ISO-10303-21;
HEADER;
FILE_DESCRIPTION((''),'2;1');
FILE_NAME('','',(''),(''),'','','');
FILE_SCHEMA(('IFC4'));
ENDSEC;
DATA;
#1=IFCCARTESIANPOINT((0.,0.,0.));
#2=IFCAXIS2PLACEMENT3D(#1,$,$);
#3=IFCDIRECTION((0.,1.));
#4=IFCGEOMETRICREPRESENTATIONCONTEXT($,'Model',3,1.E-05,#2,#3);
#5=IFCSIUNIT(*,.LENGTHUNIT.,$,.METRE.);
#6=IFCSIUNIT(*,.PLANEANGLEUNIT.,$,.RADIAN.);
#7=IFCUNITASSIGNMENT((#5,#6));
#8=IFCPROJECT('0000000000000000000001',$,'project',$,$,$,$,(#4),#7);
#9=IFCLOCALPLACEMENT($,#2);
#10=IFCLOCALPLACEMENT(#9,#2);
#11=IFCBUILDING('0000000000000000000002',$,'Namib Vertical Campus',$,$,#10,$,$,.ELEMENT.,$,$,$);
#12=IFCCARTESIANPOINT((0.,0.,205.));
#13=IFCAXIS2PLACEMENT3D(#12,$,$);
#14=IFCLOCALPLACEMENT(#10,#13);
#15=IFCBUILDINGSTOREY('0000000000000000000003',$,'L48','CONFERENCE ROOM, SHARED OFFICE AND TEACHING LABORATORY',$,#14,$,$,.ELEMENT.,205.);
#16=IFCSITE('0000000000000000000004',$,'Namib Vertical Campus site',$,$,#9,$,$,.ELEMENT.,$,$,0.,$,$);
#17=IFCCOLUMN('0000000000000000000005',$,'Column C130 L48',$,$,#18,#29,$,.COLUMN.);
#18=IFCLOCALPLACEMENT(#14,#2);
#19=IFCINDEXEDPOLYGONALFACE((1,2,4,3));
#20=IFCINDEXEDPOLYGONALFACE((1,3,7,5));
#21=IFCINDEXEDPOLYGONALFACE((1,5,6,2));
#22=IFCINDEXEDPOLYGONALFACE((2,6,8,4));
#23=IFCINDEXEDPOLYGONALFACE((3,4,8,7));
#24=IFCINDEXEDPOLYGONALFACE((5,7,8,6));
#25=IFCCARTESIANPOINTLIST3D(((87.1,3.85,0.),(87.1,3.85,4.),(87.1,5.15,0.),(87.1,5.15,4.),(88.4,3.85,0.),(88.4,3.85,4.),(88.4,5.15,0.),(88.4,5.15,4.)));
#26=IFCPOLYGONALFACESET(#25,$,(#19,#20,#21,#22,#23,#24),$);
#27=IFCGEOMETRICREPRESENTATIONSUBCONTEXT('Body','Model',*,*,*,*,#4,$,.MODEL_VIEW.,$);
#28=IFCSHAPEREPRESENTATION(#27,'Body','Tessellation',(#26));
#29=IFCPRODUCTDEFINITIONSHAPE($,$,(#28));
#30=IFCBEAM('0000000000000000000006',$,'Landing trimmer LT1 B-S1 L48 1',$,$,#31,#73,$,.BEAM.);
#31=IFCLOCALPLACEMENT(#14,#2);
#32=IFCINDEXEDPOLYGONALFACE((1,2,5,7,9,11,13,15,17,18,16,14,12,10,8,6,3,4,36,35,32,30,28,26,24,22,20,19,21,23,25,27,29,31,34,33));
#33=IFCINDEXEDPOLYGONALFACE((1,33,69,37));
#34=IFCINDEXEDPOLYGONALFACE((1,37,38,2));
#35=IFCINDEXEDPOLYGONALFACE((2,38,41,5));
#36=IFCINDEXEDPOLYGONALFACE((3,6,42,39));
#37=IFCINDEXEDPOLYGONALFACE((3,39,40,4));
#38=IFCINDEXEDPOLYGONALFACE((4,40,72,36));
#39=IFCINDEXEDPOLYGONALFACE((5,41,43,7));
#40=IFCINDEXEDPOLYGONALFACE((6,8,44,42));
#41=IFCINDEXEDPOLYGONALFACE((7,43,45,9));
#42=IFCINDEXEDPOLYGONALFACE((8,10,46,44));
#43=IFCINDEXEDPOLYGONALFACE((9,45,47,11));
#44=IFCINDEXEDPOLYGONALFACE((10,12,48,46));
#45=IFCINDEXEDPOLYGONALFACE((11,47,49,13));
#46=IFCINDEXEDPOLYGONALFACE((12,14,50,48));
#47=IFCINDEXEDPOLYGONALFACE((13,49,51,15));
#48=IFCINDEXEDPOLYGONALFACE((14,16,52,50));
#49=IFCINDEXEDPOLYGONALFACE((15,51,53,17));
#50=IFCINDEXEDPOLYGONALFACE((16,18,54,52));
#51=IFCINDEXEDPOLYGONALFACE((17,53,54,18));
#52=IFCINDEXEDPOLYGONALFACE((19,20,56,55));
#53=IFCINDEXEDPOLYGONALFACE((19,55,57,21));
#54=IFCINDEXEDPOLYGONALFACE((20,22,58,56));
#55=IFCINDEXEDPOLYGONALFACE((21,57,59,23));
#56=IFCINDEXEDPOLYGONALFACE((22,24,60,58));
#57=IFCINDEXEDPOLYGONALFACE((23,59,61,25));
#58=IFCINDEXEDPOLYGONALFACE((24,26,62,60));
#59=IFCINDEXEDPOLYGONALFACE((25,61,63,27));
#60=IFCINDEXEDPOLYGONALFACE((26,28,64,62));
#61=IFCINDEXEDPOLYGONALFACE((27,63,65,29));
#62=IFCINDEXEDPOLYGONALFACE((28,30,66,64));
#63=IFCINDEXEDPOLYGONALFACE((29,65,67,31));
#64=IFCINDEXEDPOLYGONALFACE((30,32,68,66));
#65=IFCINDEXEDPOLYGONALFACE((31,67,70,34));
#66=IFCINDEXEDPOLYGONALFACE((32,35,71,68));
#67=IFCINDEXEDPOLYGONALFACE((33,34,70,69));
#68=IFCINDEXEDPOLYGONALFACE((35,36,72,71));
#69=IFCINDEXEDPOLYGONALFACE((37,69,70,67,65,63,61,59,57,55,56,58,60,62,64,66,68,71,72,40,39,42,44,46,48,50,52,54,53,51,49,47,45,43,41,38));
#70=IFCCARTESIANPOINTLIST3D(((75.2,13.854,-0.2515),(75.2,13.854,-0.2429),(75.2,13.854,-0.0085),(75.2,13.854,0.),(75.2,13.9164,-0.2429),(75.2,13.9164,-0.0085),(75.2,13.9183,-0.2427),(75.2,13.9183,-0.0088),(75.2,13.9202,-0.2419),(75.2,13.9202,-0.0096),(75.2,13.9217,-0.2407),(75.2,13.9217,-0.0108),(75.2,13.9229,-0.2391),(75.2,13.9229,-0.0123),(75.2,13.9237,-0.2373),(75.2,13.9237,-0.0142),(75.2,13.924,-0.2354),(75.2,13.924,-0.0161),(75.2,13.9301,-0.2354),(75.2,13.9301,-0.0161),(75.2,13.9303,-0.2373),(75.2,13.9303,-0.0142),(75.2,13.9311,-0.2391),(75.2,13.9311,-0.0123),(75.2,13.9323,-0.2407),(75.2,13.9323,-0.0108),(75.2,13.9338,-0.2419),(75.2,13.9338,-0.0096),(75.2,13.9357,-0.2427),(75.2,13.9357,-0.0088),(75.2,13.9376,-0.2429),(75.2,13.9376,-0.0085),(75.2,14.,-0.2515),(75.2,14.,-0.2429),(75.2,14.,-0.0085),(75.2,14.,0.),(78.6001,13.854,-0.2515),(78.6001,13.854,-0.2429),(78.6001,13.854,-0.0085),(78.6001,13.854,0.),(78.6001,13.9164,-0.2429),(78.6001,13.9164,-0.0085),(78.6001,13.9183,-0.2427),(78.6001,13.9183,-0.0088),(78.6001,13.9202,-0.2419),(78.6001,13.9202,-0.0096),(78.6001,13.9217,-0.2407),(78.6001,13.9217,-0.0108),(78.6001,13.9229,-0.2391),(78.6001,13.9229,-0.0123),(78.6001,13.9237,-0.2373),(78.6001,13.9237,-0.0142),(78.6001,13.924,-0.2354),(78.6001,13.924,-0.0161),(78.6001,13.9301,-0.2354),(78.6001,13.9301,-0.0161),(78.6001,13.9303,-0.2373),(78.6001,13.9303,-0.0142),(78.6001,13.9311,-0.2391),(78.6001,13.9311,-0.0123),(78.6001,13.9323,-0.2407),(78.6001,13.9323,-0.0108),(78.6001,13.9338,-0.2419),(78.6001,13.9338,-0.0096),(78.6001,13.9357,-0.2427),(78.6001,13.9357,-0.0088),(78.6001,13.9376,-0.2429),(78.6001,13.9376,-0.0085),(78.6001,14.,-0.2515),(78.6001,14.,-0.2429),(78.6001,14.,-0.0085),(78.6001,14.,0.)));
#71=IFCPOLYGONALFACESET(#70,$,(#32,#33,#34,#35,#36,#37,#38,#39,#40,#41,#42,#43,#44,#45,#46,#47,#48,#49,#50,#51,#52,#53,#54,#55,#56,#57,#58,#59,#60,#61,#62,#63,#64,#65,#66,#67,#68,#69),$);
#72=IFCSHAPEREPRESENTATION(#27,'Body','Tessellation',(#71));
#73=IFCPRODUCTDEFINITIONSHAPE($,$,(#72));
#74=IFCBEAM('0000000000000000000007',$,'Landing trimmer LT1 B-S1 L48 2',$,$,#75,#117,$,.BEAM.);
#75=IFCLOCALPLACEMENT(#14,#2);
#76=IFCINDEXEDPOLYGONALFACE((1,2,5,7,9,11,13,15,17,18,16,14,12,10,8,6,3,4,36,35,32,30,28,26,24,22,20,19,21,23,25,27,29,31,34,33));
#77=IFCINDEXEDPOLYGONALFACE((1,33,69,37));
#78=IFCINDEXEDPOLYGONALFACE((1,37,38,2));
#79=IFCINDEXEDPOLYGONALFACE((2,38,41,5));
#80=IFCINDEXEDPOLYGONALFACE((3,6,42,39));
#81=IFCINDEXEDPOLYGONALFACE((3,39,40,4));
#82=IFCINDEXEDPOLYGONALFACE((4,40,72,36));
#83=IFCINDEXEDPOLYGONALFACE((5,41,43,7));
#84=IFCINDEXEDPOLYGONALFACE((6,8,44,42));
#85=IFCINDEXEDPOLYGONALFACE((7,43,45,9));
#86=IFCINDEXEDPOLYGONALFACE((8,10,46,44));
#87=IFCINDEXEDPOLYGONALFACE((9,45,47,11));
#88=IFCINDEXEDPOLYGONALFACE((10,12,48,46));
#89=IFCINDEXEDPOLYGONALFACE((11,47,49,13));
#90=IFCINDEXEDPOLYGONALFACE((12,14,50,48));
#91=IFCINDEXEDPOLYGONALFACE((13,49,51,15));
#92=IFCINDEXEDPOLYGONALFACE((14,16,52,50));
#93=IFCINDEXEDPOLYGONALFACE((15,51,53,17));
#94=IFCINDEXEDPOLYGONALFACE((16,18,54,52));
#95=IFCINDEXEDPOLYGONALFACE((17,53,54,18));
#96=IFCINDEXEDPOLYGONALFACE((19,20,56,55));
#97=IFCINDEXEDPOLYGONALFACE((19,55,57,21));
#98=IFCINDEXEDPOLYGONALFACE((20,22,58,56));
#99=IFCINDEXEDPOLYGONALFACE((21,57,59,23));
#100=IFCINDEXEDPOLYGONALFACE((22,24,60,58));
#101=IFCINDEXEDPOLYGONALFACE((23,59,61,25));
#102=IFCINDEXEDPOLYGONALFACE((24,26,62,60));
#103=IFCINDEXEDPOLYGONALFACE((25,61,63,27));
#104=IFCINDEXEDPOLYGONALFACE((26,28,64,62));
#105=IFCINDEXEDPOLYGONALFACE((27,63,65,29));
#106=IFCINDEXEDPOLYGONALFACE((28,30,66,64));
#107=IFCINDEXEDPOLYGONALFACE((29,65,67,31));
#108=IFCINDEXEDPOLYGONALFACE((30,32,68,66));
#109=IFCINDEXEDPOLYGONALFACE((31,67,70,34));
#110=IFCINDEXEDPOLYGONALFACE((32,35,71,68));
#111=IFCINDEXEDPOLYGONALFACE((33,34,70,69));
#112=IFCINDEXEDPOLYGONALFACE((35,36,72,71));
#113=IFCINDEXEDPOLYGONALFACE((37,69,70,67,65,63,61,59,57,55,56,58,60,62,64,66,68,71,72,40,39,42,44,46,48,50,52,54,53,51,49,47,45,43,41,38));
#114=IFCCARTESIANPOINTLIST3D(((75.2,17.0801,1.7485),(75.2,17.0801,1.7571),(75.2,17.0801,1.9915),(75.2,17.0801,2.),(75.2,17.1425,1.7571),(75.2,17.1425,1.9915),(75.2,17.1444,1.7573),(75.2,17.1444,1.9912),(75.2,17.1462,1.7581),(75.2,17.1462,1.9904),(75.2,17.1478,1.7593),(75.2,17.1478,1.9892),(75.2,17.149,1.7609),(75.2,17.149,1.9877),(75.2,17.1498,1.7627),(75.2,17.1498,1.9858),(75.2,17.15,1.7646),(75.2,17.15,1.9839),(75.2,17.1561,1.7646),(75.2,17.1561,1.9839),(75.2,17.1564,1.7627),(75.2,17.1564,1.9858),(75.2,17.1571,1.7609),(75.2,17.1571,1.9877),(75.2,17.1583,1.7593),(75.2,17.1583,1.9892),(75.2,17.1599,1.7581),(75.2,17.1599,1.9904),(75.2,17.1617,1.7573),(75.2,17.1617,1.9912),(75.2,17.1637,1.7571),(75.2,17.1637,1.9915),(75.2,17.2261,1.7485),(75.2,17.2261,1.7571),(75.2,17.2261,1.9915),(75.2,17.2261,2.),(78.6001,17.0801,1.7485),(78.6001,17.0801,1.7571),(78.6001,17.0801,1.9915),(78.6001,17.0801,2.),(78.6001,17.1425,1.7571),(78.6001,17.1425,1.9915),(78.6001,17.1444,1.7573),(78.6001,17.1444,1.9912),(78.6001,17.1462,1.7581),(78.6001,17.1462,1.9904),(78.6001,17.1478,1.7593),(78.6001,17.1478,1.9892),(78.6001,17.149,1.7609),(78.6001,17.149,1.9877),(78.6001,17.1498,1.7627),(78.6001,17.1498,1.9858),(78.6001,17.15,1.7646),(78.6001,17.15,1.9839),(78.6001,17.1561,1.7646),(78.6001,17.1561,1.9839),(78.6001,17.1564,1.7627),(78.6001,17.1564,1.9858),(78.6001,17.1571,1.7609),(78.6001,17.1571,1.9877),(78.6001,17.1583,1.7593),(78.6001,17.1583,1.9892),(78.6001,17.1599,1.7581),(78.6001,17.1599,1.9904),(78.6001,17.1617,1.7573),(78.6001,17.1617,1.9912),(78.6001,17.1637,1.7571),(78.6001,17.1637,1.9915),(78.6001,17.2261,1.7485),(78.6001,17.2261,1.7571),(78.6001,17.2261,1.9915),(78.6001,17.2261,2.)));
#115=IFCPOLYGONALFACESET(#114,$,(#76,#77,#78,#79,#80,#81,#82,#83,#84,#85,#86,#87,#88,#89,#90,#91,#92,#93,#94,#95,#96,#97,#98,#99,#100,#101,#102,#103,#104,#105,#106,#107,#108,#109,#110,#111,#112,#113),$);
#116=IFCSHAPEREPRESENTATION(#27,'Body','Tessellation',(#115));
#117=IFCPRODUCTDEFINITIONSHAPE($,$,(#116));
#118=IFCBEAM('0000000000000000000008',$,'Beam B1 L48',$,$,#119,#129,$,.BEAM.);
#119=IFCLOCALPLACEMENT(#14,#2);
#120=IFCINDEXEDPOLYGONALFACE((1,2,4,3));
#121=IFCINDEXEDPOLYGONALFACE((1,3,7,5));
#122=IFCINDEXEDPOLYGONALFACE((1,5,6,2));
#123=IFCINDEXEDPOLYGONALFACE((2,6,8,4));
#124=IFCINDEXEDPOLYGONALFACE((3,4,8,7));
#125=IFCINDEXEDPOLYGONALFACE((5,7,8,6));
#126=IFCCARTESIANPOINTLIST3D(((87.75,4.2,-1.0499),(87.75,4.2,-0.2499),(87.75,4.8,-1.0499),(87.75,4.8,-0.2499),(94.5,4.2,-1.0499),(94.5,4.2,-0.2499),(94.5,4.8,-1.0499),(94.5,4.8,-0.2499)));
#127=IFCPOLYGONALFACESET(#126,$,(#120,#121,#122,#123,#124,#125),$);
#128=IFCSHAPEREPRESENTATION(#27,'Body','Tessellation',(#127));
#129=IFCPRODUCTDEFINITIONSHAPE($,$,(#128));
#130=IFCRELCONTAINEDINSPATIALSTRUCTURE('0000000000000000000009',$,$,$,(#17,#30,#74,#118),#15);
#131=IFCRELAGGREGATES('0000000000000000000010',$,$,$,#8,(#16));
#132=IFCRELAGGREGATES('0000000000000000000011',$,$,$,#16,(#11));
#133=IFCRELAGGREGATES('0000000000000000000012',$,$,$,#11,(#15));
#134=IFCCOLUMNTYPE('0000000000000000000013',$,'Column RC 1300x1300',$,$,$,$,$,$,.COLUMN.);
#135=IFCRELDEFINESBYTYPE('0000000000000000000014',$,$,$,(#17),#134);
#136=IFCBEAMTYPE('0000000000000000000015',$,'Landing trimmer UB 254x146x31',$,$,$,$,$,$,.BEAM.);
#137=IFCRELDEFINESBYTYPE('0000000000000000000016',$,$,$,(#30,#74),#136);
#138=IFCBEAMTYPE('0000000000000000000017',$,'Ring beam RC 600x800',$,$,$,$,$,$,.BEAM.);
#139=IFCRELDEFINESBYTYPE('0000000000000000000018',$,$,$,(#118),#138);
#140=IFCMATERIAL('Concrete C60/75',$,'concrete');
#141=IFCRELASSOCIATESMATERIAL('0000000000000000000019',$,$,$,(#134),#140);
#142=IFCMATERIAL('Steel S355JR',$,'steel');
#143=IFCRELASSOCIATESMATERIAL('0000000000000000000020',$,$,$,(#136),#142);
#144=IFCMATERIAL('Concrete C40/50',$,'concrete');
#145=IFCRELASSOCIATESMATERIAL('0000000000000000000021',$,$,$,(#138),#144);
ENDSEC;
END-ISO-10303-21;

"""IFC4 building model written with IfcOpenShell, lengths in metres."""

from ifc_helpers import new_model, si_unit, direction, frame, origin, origin_2d, place, context, subcontext, project, spatial, rectangle, i_section, extrude, material, material_profile, profile_set, type_object, element, save


model = new_model("IFC4")

# Units and contexts
model_context = context("Model", 3, precision=1e-05, world=origin(), true_north=direction((0.0, 1.0)))
body_context = subcontext(model_context, "Body", "Model", "MODEL_VIEW")
ifc_project = project(units=[si_unit("LENGTHUNIT", "METRE"), si_unit("PLANEANGLEUNIT", "RADIAN")], contexts=[model_context])

# Site, building, storey
site_placement = place(None, origin())
site = spatial("IfcSite", under=ifc_project, at=site_placement, Name="Namib Vertical Campus site", CompositionType="ELEMENT", RefElevation=0.0)
building_placement = place(site_placement, origin())
building = spatial("IfcBuilding", under=site, at=building_placement, Name="Namib Vertical Campus", CompositionType="ELEMENT")
storey_placement = place(building_placement, frame((0.0, 0.0, 205.0)))
storey = spatial("IfcBuildingStorey", under=building, at=storey_placement, Name="L48", Description="CONFERENCE ROOM, SHARED OFFICE AND TEACHING LABORATORY", CompositionType="ELEMENT", Elevation=205.0)

# Column
ifc_material_1 = material(Name="Concrete C60/75", Category="concrete")
ifc_material_profile_1 = material_profile(ifc_material_1, rectangle(XDim=1.3, YDim=1.3, at=origin_2d()))
ifc_profile_set_1 = profile_set([ifc_material_profile_1], Name="Concrete C60/75")
column_type = type_object("IfcColumnType", Name="Column RC 1300x1300", PredefinedType="COLUMN", material=ifc_profile_set_1)
column_placement = place(storey_placement, frame((87.75, 4.5, 0.0), z_axis=(0.0, 0.0, 1.0), x_axis=(1.0, 0.0, 0.0)))
element("IfcColumn", 1, at=column_placement, inside=storey, type_object=column_type, Name="Column C130 L48", PredefinedType="COLUMN", context=body_context, shape_type="SweptSolid", body=[
    extrude(rectangle(XDim=1.3, YDim=1.3, at=origin_2d()), origin(), (0.0, 0.0, 1.0), 4.0),
])

# Beams
ifc_material_2 = material(Name="Steel S355JR", Category="steel")
ifc_material_profile_2 = material_profile(ifc_material_2, i_section(OverallWidth=0.146, OverallDepth=0.2515, WebThickness=0.0061, FlangeThickness=0.0085, FilletRadius=0.0076, at=origin_2d()))
ifc_profile_set_2 = profile_set([ifc_material_profile_2], Name="Steel S355JR")
beam_type_1 = type_object("IfcBeamType", Name="Landing trimmer UB 254x146x31", PredefinedType="BEAM", material=ifc_profile_set_2)
for number, where, z_axis, x_axis, name in (
    (2, (75.2, 13.927, -0.1257), (1.0, 0.0, 0.0), (0.0, 1.0, 0.0), "Landing trimmer LT1 B-S1 L48 1"),
    (3, (75.2, 17.1531, 1.8743), (1.0, 0.0, 0.0), (0.0, 1.0, 0.0), "Landing trimmer LT1 B-S1 L48 2"),
):
    element("IfcBeam", number, at=place(storey_placement, frame(where, z_axis=z_axis, x_axis=x_axis)), inside=storey, type_object=beam_type_1, Name=name, PredefinedType="BEAM", context=body_context, shape_type="SweptSolid", body=[
        extrude(i_section(OverallWidth=0.146, OverallDepth=0.2515, WebThickness=0.0061, FlangeThickness=0.0085, FilletRadius=0.0076, at=origin_2d()), origin(), (0.0, 0.0, 1.0), 3.4001),
    ])
ifc_material_3 = material(Name="Concrete C40/50", Category="concrete")
ifc_material_profile_3 = material_profile(ifc_material_3, rectangle(XDim=0.6001, YDim=0.8, at=origin_2d()))
ifc_profile_set_3 = profile_set([ifc_material_profile_3], Name="Concrete C40/50")
beam_type_2 = type_object("IfcBeamType", Name="Ring beam RC 600x800", PredefinedType="BEAM", material=ifc_profile_set_3)
beam_placement = place(storey_placement, frame((87.75, 4.5, -0.6499), z_axis=(1.0, 0.0, 0.0), x_axis=(0.0, 1.0, 0.0)))
element("IfcBeam", 4, at=beam_placement, inside=storey, type_object=beam_type_2, Name="Beam B1 L48", PredefinedType="BEAM", context=body_context, shape_type="SweptSolid", body=[
    extrude(rectangle(XDim=0.6001, YDim=0.8, at=origin_2d()), origin(), (0.0, 0.0, 1.0), 6.75),
])

save(model, "model.ifc")
